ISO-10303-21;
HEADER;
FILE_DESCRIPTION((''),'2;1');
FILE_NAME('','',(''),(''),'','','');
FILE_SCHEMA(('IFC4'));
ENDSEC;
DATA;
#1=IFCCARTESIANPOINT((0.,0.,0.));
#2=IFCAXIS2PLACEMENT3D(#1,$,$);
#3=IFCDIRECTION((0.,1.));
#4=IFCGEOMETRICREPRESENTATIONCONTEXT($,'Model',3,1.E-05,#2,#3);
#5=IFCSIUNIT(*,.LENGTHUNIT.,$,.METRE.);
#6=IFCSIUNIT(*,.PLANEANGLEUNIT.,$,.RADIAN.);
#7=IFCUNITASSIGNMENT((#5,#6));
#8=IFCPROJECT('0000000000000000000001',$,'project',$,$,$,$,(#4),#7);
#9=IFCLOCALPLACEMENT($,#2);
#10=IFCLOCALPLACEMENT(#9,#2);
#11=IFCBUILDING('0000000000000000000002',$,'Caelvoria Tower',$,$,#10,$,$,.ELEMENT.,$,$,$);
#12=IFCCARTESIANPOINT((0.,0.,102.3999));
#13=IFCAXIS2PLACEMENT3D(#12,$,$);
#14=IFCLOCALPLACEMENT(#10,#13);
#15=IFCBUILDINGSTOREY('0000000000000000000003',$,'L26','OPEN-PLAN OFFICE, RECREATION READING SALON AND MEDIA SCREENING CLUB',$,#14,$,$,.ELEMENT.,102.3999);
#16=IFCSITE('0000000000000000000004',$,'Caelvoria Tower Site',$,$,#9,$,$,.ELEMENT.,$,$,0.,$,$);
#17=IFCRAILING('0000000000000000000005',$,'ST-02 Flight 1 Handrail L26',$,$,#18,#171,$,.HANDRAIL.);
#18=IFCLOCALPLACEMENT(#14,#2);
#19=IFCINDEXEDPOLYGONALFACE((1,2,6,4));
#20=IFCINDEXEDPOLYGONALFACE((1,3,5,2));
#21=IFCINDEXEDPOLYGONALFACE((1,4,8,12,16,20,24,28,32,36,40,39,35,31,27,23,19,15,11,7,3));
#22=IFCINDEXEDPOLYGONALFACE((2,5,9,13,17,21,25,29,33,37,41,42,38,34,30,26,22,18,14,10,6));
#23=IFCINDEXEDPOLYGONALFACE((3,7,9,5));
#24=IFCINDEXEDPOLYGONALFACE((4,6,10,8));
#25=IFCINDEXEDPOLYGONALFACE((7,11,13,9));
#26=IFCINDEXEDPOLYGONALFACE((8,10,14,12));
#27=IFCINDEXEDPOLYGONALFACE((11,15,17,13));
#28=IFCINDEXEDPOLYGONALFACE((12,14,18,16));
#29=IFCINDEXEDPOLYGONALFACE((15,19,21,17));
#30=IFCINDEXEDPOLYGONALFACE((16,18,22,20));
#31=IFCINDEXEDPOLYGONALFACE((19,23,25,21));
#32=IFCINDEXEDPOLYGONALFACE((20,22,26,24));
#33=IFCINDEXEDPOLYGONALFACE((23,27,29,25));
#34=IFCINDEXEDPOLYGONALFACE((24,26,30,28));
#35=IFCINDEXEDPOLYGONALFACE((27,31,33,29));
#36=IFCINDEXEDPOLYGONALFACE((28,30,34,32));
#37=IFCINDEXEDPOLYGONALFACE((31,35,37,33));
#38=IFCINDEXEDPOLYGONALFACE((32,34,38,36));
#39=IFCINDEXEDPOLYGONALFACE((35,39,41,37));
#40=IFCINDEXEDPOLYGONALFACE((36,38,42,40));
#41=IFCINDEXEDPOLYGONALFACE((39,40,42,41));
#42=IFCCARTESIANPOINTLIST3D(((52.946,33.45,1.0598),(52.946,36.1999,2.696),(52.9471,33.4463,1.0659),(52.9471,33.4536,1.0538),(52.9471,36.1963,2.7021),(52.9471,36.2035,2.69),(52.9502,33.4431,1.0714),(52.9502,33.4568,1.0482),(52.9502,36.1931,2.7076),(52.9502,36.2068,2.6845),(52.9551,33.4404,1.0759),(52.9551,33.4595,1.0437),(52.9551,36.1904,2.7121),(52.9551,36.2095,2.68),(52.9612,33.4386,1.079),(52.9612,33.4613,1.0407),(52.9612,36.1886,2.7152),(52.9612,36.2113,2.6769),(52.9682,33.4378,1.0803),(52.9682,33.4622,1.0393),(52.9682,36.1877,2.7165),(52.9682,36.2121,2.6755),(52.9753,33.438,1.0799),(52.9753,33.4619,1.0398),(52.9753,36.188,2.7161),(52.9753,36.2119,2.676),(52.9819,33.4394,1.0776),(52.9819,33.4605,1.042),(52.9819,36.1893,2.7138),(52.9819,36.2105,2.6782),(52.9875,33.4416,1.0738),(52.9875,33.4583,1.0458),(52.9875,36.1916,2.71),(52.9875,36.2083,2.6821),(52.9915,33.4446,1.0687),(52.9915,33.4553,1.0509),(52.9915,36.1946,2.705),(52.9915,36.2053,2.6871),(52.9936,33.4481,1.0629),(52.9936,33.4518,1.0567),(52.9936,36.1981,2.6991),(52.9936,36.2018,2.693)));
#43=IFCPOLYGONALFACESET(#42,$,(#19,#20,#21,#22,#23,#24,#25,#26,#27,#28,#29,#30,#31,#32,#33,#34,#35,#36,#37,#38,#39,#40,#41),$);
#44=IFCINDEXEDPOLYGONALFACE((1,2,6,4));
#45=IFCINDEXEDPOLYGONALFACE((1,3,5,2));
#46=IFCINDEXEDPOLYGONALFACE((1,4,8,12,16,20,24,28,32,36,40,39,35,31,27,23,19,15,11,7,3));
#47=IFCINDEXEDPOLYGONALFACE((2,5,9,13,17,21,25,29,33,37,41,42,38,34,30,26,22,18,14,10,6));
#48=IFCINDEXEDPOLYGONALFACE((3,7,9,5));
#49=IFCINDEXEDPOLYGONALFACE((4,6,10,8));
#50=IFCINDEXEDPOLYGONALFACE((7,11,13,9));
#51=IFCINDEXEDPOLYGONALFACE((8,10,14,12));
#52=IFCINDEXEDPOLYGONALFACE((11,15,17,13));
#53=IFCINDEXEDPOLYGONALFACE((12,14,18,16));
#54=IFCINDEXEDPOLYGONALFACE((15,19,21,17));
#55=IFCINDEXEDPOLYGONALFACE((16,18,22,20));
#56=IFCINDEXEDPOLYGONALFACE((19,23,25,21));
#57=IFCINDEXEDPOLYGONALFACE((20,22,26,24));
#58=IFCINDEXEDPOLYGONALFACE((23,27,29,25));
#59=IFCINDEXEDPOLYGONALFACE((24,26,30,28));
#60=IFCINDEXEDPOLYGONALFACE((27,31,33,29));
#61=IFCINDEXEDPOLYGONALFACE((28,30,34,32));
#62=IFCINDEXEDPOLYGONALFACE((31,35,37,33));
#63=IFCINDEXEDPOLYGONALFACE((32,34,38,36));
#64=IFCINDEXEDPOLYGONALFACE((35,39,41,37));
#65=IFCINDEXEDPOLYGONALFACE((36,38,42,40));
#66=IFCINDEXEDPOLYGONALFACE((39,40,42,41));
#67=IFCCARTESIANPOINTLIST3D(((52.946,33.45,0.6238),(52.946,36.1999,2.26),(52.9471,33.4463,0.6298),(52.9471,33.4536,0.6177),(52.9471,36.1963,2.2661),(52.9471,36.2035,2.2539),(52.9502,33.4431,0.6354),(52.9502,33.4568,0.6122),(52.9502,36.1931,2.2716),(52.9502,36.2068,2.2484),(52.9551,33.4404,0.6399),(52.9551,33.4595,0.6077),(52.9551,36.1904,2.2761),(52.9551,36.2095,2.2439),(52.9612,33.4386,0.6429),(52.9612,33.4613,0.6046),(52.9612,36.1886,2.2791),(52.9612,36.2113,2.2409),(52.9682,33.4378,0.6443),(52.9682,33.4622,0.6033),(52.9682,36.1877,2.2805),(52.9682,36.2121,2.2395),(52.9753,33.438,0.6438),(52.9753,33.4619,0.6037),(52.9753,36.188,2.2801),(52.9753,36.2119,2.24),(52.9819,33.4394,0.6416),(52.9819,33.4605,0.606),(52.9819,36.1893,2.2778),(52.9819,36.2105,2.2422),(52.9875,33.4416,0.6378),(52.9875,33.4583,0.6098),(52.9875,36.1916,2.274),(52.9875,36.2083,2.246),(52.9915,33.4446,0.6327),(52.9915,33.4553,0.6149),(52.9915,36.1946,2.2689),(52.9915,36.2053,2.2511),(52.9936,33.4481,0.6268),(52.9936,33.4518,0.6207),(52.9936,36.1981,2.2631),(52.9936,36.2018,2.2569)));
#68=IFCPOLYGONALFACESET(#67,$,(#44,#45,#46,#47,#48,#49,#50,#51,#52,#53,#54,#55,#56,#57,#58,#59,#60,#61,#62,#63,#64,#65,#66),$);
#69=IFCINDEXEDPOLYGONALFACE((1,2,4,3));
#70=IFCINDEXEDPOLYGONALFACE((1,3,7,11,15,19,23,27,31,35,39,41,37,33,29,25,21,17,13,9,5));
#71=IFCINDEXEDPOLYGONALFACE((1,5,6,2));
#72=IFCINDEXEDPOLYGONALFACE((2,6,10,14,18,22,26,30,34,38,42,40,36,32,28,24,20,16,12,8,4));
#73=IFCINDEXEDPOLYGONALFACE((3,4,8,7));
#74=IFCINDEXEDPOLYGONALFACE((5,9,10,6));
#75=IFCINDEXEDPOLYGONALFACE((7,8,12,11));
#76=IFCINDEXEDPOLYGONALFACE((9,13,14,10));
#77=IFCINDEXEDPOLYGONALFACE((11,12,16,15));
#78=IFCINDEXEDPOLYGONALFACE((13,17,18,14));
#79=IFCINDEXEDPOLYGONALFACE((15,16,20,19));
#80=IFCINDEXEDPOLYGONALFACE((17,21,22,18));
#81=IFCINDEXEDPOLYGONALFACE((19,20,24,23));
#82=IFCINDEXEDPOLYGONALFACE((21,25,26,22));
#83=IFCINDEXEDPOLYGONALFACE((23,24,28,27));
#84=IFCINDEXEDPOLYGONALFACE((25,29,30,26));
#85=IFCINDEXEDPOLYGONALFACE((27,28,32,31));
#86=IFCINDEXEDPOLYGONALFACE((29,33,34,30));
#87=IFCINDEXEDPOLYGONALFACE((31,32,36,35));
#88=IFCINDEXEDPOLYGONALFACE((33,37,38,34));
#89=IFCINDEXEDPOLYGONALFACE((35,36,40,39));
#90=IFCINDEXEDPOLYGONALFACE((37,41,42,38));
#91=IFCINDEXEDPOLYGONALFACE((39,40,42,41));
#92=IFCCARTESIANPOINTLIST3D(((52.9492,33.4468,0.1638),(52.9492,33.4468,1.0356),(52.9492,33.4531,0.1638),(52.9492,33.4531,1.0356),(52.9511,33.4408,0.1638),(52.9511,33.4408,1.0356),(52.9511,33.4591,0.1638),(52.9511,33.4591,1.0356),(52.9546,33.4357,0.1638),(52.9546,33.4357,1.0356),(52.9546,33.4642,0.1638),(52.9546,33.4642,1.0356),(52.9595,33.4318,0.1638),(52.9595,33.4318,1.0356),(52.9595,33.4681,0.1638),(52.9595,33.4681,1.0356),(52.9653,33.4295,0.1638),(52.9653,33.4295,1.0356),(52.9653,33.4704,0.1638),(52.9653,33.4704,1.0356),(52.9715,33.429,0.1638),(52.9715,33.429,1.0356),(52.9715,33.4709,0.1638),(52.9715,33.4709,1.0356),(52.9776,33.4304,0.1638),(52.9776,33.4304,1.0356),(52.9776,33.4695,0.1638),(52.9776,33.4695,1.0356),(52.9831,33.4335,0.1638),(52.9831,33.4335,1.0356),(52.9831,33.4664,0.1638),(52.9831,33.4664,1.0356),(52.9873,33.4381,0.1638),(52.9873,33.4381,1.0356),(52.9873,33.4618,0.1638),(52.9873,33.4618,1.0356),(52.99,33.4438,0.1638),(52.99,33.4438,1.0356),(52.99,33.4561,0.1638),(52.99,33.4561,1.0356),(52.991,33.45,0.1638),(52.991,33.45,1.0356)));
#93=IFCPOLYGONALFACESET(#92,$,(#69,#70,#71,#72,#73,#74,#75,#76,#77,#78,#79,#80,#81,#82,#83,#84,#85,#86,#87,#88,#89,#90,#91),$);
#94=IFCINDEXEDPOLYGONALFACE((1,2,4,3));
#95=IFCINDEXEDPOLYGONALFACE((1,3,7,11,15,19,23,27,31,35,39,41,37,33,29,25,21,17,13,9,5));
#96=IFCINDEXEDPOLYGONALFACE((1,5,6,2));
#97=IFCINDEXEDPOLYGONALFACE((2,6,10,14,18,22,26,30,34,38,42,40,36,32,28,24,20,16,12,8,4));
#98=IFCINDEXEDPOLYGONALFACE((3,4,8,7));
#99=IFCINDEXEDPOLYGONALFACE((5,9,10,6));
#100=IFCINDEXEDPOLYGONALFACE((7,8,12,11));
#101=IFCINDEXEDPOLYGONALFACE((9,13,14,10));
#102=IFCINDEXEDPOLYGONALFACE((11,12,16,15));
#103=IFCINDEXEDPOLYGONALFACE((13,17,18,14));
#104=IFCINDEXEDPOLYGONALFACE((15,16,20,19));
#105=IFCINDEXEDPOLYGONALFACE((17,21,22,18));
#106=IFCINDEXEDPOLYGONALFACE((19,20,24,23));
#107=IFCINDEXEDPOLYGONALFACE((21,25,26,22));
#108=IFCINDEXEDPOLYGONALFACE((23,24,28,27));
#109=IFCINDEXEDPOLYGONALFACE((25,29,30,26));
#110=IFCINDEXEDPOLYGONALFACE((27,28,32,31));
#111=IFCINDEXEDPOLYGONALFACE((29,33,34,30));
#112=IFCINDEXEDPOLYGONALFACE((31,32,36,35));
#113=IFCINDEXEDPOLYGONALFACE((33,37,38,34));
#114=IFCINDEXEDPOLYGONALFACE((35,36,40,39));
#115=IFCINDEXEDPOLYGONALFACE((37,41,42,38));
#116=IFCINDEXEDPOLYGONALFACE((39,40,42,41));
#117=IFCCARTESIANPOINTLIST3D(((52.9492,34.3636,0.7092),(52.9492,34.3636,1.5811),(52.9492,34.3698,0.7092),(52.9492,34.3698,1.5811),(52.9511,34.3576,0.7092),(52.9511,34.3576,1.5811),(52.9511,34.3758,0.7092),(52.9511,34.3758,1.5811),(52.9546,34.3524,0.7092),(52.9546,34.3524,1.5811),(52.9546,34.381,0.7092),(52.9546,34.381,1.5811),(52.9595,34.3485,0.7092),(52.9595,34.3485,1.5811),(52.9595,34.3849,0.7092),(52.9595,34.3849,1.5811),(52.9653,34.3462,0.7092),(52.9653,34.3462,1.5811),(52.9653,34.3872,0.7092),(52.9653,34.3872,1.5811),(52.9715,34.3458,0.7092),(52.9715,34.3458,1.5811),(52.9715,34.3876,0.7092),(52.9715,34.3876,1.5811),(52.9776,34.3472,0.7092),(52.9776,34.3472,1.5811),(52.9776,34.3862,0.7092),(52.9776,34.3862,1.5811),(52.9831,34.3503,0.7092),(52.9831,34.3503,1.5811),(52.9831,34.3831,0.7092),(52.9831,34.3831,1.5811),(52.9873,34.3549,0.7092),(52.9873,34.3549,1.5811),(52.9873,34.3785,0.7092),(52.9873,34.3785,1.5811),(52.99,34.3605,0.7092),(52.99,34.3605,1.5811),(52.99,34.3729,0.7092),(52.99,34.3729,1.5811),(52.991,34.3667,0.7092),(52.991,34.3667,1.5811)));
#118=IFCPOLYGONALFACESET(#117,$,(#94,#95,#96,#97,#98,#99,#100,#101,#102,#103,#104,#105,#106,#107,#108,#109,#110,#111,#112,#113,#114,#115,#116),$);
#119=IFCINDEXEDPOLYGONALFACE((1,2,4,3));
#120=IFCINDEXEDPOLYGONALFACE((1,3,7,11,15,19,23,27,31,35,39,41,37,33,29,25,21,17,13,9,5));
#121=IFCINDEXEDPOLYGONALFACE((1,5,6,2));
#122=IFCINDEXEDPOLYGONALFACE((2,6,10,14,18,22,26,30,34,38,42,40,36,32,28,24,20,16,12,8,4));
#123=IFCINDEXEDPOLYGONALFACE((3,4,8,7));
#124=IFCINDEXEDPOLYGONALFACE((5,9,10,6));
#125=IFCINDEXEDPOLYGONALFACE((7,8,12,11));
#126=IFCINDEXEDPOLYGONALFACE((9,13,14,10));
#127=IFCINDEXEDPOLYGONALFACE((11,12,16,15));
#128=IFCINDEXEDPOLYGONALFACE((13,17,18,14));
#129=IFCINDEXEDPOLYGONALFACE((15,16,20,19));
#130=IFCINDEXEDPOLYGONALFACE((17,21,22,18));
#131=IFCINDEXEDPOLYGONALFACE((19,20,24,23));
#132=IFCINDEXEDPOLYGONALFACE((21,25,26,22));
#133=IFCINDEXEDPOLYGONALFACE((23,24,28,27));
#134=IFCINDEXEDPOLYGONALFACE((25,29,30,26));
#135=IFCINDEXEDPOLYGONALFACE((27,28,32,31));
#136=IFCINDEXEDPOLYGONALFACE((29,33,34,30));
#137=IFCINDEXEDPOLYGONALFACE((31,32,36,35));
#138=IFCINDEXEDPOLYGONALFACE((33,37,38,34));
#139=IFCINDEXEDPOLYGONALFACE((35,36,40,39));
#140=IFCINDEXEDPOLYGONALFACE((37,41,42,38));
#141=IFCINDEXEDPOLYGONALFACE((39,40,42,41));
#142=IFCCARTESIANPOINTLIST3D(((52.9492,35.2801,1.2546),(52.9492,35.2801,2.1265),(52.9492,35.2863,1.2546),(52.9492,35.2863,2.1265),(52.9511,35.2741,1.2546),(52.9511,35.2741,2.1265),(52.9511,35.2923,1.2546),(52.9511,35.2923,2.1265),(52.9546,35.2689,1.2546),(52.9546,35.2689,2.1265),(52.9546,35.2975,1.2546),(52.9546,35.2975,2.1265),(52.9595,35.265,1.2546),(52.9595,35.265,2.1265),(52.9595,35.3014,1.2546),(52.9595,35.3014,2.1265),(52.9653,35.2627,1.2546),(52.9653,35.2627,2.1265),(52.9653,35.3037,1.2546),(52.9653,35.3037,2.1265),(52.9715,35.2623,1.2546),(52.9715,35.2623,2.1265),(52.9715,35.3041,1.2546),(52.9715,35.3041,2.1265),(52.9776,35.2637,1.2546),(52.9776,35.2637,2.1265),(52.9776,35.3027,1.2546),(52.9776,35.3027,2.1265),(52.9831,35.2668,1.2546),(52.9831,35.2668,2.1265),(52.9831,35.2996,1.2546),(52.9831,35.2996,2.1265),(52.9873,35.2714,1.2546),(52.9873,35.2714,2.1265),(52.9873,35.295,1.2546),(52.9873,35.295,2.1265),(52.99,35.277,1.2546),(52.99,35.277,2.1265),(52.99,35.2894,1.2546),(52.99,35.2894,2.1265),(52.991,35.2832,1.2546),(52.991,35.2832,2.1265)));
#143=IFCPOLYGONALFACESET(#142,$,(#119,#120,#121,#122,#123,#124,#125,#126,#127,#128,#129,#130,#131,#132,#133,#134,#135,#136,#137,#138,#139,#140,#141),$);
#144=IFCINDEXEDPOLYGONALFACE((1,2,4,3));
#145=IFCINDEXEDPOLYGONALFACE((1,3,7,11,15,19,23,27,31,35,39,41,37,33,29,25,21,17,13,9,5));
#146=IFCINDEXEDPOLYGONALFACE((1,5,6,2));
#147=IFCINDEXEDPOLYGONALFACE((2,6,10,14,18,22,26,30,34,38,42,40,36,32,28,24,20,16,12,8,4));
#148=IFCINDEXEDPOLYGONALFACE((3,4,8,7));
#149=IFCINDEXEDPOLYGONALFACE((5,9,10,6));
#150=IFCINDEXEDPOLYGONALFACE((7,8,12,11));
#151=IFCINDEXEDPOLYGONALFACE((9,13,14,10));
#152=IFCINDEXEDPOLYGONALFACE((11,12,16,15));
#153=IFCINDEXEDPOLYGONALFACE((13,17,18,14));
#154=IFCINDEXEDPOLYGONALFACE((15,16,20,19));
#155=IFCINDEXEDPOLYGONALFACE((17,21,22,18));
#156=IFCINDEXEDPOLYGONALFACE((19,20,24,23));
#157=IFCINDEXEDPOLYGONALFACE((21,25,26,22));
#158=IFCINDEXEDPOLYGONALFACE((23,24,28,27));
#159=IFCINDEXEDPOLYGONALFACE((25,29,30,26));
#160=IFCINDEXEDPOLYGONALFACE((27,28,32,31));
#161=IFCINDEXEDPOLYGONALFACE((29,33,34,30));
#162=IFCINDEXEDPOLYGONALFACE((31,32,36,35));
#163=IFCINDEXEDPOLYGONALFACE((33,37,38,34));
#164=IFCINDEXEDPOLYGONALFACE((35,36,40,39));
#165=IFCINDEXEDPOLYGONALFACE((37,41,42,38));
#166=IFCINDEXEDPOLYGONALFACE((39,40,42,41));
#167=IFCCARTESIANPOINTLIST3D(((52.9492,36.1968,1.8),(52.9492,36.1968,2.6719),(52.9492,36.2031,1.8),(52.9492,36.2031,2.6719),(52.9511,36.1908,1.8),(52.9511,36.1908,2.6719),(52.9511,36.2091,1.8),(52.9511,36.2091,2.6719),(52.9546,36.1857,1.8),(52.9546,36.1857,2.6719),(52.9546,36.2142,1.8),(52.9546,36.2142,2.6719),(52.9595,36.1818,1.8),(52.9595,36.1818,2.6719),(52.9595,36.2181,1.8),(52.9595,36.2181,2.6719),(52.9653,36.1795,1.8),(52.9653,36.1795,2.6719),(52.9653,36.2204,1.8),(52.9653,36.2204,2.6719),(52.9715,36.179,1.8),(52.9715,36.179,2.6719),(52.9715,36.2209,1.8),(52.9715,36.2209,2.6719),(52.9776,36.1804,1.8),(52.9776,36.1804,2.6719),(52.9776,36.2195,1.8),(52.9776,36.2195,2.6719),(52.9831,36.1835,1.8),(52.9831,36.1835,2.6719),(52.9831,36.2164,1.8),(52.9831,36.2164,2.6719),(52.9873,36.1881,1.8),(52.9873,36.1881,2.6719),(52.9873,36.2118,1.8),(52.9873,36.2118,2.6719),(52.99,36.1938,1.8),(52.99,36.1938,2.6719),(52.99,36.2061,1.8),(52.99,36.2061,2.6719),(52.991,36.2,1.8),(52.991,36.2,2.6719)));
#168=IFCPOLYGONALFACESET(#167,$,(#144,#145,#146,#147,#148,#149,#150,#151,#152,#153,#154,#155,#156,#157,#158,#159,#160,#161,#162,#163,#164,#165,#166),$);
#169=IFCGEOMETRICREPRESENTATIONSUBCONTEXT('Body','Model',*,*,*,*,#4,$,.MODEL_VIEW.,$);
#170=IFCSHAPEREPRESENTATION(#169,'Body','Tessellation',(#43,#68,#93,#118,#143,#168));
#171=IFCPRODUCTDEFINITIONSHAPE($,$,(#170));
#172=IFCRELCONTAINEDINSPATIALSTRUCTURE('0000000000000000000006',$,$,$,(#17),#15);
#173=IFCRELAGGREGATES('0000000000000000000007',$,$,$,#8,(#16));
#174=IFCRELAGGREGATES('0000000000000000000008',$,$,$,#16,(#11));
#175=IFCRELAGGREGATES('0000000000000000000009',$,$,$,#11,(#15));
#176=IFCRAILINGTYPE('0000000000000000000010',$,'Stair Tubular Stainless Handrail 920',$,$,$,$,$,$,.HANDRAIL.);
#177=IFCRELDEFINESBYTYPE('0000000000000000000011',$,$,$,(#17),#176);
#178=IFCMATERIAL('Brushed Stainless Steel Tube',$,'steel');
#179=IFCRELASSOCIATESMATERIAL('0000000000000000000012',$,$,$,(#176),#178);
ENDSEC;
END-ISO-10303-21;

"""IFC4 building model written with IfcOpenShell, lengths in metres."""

from ifc_helpers import new_model, si_unit, direction, frame, origin, origin_2d, place, context, subcontext, project, spatial, circle, extrude, material, type_object, element, save


model = new_model("IFC4")

# Units and contexts
model_context = context("Model", 3, precision=1e-05, world=origin(), true_north=direction((0.0, 1.0)))
body_context = subcontext(model_context, "Body", "Model", "MODEL_VIEW")
ifc_project = project(units=[si_unit("LENGTHUNIT", "METRE"), si_unit("PLANEANGLEUNIT", "RADIAN")], contexts=[model_context])

# Site, building, storey
site_placement = place(None, origin())
site = spatial("IfcSite", under=ifc_project, at=site_placement, Name="Caelvoria Tower Site", CompositionType="ELEMENT", RefElevation=0.0)
building_placement = place(site_placement, origin())
building = spatial("IfcBuilding", under=site, at=building_placement, Name="Caelvoria Tower", CompositionType="ELEMENT")
storey_placement = place(building_placement, frame((0.0, 0.0, 102.3999)))
storey = spatial("IfcBuildingStorey", under=building, at=storey_placement, Name="L26", Description="OPEN-PLAN OFFICE, RECREATION READING SALON AND MEDIA SCREENING CLUB", CompositionType="ELEMENT", Elevation=102.3999)

# Railing
ifc_material_1 = material(Name="Brushed Stainless Steel Tube", Category="steel")
railing_type_1 = type_object("IfcRailingType", Name="Stair Tubular Stainless Handrail 920", PredefinedType="HANDRAIL", material=ifc_material_1)
railing_1_placement = place(storey_placement, frame((52.97, 33.45, 0.1638)))
element("IfcRailing", 1, at=railing_1_placement, inside=storey, type_object=railing_type_1, Name="ST-02 Flight 1 Handrail L26", PredefinedType="HANDRAIL", context=body_context, shape_type="SweptSolid", body=[
    extrude(circle(Radius=0.0239, at=origin_2d()), frame((0.0, 0.0, 0.896), z_axis=(0.0, 0.859385, 0.511328), x_axis=(-1.0, 0.0, 0.0)), (0.0, 0.0, 1.0), 3.2),
    extrude(circle(Radius=0.0239, at=origin_2d()), frame((0.0, 0.0, 0.46), z_axis=(0.0, 0.859385, 0.511328), x_axis=(-1.0, 0.0, 0.0)), (0.0, 0.0, 1.0), 3.2),
    extrude(circle(Radius=0.021, at=origin_2d()), origin(), (0.0, 0.0, 1.0), 0.8718),
    extrude(circle(Radius=0.021, at=origin_2d()), frame((0.0, 0.9167, 0.5454)), (0.0, 0.0, 1.0), 0.8718),
    extrude(circle(Radius=0.021, at=origin_2d()), frame((0.0, 1.8333, 1.0908)), (0.0, 0.0, 1.0), 0.8718),
    extrude(circle(Radius=0.021, at=origin_2d()), frame((0.0, 2.75, 1.6362)), (0.0, 0.0, 1.0), 0.8718),
])

save(model, "model.ifc")
